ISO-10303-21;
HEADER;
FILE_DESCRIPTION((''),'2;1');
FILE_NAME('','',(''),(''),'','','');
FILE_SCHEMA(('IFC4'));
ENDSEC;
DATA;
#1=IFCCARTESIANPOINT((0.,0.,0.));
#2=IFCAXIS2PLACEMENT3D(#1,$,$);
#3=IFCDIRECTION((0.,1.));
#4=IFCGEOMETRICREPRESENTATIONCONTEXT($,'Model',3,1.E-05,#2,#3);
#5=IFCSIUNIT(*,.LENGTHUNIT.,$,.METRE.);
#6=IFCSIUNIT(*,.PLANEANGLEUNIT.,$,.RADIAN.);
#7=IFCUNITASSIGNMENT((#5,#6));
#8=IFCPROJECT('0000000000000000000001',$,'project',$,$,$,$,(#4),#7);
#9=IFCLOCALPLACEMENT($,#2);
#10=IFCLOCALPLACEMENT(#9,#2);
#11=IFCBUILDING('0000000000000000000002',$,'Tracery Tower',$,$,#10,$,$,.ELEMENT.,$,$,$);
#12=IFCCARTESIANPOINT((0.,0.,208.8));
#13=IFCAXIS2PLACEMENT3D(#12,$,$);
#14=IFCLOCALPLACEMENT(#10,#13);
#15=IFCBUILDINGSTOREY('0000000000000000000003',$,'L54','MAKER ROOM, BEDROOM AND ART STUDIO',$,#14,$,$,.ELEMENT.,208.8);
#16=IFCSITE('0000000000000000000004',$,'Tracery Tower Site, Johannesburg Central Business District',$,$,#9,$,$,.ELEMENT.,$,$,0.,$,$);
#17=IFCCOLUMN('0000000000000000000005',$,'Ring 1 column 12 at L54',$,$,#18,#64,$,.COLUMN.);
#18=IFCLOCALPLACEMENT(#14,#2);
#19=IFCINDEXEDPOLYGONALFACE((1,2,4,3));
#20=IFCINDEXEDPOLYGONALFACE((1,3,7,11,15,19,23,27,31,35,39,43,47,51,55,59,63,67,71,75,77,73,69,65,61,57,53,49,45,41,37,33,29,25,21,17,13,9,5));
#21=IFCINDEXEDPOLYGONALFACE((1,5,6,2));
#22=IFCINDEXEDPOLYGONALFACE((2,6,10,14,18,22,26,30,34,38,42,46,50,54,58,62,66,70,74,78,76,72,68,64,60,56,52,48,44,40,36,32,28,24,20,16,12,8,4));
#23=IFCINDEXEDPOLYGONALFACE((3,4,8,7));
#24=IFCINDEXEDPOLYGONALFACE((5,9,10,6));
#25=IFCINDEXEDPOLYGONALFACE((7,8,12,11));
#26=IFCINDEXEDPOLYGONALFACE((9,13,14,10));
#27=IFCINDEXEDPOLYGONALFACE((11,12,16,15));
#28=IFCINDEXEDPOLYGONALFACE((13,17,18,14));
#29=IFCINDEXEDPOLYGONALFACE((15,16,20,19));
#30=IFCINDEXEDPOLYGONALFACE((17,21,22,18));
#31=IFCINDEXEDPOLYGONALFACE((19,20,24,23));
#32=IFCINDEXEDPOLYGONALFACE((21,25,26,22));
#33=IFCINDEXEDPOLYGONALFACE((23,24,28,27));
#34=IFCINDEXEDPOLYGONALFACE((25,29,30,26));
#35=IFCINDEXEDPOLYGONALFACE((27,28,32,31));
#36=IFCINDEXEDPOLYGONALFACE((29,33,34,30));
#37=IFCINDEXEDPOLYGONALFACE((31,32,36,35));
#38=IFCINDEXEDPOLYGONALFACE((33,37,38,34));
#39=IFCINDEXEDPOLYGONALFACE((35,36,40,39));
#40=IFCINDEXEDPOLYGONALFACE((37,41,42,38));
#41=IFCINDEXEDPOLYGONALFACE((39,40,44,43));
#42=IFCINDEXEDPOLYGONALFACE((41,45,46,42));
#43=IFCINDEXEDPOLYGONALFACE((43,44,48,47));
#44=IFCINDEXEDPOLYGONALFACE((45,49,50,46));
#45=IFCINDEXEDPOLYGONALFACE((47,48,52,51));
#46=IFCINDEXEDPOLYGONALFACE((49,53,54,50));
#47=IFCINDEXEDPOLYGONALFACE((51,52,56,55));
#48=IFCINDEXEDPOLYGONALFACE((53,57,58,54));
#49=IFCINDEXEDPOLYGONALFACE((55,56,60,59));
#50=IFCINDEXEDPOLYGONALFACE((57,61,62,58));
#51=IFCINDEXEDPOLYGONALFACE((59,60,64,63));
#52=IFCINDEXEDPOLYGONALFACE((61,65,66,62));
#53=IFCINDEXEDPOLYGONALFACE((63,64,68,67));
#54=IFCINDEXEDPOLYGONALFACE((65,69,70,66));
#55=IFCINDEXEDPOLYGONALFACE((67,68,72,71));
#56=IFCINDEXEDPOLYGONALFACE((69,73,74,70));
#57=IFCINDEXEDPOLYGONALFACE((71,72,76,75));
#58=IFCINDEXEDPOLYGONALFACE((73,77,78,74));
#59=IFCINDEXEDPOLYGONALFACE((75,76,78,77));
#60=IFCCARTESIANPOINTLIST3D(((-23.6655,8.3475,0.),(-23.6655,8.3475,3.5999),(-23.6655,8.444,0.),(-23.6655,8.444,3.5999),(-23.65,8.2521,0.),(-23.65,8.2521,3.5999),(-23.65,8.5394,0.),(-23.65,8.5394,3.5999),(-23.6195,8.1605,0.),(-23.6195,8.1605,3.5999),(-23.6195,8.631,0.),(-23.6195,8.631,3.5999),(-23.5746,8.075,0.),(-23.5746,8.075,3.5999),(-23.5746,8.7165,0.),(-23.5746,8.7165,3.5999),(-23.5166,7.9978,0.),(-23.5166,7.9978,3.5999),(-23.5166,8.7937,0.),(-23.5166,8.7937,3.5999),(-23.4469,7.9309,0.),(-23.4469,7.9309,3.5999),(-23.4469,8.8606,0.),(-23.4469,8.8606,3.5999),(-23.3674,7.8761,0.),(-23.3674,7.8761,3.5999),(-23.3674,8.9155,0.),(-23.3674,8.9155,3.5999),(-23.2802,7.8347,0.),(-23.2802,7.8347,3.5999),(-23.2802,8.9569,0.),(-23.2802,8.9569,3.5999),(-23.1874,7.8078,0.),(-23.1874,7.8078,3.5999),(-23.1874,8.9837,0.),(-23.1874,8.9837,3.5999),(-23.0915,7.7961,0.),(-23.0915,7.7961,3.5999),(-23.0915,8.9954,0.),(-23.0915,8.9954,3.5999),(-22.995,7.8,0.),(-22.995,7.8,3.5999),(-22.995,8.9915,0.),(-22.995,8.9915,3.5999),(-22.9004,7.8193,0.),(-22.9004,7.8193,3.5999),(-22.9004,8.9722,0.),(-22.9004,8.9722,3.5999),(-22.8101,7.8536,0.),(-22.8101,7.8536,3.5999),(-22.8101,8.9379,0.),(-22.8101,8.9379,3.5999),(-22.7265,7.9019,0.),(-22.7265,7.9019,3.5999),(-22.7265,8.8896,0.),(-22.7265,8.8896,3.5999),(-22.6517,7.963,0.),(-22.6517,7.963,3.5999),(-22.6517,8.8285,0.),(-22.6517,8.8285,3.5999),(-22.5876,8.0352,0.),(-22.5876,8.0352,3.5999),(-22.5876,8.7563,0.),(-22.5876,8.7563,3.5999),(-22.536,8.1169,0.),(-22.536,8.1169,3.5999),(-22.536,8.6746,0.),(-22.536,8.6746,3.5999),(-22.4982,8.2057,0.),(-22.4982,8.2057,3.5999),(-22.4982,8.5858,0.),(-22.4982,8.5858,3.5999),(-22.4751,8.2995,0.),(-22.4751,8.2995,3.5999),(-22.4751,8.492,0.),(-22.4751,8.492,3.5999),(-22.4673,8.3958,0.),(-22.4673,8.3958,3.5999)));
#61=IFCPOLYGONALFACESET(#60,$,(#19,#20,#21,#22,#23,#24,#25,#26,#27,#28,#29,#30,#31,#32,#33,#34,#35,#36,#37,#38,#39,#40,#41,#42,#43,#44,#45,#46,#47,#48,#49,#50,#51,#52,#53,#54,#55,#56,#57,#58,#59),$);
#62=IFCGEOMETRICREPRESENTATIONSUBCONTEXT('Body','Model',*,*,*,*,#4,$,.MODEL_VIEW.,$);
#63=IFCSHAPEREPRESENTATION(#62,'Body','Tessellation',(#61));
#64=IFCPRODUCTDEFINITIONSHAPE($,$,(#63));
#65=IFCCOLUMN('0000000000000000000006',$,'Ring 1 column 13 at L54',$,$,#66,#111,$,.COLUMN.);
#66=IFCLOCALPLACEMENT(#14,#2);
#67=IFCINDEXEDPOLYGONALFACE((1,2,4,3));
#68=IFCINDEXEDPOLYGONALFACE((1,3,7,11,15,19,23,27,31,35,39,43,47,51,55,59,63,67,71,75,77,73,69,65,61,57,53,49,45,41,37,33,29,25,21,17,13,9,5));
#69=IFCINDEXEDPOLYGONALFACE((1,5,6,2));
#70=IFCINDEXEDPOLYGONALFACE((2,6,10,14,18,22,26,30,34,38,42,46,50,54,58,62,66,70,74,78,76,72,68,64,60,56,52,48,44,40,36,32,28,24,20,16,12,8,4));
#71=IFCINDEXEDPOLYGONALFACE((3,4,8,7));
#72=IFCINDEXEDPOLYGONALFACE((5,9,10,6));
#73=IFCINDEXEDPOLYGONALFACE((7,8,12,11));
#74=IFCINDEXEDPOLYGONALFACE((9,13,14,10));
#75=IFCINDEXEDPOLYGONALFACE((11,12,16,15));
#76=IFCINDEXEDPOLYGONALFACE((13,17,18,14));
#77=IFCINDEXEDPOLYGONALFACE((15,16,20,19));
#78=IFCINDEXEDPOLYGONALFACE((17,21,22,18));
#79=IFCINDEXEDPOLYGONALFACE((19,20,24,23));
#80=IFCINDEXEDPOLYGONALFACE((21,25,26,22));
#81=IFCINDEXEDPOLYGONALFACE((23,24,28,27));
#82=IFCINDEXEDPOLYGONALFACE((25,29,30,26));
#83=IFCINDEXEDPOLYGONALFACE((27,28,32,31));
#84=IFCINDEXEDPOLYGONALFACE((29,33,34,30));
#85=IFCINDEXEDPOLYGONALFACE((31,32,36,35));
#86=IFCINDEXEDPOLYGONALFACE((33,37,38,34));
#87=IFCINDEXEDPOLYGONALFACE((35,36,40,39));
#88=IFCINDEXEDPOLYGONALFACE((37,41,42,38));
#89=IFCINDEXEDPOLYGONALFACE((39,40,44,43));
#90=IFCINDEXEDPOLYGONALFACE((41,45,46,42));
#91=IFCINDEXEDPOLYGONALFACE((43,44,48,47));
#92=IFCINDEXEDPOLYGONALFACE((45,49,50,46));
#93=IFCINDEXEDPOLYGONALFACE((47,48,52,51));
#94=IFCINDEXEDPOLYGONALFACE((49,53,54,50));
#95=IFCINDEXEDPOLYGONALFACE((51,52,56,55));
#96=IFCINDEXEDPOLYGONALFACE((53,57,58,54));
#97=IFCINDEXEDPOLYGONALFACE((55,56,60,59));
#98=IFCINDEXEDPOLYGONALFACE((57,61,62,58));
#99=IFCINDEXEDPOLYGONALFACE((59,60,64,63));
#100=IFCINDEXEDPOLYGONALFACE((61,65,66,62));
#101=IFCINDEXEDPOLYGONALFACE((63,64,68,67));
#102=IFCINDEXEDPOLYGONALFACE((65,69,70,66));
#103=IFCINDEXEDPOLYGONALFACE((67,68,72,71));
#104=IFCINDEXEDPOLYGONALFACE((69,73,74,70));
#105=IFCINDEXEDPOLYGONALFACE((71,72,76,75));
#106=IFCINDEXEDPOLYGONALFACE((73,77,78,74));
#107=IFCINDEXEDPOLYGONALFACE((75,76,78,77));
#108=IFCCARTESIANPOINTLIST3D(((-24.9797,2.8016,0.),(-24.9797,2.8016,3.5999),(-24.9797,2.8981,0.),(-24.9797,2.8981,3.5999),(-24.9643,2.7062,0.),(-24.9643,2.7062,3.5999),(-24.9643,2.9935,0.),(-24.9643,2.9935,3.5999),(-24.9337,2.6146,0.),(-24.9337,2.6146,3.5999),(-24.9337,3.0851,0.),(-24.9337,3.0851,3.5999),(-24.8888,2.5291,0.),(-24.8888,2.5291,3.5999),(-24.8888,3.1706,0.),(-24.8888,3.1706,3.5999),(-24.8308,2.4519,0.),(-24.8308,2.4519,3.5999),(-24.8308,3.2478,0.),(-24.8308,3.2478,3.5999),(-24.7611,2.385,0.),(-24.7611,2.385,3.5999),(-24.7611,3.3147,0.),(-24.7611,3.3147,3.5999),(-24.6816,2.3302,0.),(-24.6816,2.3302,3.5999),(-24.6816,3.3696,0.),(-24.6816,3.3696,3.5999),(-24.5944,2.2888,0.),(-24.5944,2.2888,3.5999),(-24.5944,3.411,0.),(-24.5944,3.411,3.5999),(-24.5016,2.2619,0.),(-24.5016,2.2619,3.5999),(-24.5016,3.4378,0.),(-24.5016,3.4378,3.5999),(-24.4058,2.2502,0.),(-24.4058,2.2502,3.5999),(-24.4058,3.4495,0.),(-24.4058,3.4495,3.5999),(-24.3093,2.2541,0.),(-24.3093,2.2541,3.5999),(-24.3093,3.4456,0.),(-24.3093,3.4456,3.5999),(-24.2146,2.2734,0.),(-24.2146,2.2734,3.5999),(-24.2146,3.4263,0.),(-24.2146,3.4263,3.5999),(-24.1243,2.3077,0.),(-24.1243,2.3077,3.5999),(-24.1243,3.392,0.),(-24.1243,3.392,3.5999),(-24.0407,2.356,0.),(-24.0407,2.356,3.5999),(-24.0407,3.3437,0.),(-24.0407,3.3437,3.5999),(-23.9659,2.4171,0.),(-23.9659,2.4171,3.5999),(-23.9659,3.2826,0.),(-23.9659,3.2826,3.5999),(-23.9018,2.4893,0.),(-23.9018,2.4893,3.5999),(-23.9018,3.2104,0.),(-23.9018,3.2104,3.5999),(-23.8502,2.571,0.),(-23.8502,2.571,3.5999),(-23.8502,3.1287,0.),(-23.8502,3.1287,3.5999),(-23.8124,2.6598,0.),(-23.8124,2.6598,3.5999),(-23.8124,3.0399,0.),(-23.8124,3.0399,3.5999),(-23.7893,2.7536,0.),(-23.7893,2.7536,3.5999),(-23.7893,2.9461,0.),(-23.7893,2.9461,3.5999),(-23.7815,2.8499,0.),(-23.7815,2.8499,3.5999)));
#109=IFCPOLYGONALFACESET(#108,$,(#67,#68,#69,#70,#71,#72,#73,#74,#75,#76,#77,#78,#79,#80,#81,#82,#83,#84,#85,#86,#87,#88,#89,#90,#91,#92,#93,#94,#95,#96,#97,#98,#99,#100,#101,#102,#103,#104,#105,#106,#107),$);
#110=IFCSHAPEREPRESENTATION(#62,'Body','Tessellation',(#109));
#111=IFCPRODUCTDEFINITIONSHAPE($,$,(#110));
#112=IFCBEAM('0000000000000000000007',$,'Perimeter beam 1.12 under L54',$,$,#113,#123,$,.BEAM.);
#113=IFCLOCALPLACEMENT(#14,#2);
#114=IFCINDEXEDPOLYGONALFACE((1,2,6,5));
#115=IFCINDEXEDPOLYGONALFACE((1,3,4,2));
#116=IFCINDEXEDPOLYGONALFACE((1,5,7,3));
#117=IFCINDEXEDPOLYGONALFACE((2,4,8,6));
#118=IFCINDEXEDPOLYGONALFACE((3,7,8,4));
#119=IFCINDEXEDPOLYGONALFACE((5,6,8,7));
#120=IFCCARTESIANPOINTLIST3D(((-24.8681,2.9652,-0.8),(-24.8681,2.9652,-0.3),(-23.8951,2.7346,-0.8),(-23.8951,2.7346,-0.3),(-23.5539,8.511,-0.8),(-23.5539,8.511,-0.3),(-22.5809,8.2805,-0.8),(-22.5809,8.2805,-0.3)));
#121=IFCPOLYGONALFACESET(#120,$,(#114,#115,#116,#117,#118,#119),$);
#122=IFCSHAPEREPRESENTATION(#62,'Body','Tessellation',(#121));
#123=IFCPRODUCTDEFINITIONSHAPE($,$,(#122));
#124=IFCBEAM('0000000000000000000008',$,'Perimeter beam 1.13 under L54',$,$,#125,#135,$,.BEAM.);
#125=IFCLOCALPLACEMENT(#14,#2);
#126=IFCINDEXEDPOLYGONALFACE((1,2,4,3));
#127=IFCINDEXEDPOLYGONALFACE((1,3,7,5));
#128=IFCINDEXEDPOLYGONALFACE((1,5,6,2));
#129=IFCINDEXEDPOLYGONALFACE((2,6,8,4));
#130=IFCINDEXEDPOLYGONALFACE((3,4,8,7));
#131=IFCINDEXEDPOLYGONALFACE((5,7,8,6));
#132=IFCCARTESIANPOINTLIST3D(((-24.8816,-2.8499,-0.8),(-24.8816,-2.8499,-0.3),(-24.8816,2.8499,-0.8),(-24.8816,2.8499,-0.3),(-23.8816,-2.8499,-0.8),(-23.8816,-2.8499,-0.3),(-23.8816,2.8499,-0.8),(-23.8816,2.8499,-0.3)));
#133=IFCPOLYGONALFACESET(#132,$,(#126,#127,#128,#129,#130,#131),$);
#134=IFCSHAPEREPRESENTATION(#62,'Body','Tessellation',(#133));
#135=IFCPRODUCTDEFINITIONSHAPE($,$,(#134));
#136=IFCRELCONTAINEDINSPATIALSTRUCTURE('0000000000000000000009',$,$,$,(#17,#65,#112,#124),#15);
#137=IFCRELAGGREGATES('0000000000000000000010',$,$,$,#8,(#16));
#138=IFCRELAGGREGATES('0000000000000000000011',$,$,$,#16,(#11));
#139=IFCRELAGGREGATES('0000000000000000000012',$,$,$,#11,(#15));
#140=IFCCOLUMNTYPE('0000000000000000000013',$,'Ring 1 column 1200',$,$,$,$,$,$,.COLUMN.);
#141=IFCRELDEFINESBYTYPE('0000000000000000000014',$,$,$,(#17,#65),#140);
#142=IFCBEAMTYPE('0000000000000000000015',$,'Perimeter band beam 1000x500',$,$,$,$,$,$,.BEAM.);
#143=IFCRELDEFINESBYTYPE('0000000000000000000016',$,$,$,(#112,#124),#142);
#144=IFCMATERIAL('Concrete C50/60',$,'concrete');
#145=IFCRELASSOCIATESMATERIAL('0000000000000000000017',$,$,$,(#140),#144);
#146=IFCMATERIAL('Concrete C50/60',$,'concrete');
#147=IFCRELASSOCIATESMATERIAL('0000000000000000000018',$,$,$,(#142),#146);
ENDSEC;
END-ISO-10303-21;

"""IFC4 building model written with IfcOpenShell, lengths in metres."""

from ifc_helpers import new_model, si_unit, direction, frame, origin, origin_2d, place, context, subcontext, project, spatial, rectangle, circle, extrude, material, material_profile, profile_set, type_object, element, save


model = new_model("IFC4")

# Units and contexts
model_context = context("Model", 3, precision=1e-05, world=origin(), true_north=direction((0.0, 1.0)))
body_context = subcontext(model_context, "Body", "Model", "MODEL_VIEW")
ifc_project = project(units=[si_unit("LENGTHUNIT", "METRE"), si_unit("PLANEANGLEUNIT", "RADIAN")], contexts=[model_context])

# Site, building, storey
site_placement = place(None, origin())
site = spatial("IfcSite", under=ifc_project, at=site_placement, Name="Tracery Tower Site, Johannesburg Central Business District", CompositionType="ELEMENT", RefElevation=0.0)
building_placement = place(site_placement, origin())
building = spatial("IfcBuilding", under=site, at=building_placement, Name="Tracery Tower", CompositionType="ELEMENT")
storey_placement = place(building_placement, frame((0.0, 0.0, 208.8)))
storey = spatial("IfcBuildingStorey", under=building, at=storey_placement, Name="L54", Description="MAKER ROOM, BEDROOM AND ART STUDIO", CompositionType="ELEMENT", Elevation=208.8)

# Columns
ifc_material_1 = material(Name="Concrete C50/60", Category="concrete")
ifc_material_profile_1 = material_profile(ifc_material_1, circle(Radius=0.6001, at=origin_2d()), Name="RC D1200")
ifc_profile_set_1 = profile_set([ifc_material_profile_1], Name="Concrete C50/60")
column_type = type_object("IfcColumnType", Name="Ring 1 column 1200", PredefinedType="COLUMN", material=ifc_profile_set_1)
for number, where, z_axis, x_axis, name in (
    (1, (-23.0674, 8.3958, 0.0), (0.0, 0.0, 1.0), (1.0, 0.0, 0.0), "Ring 1 column 12 at L54"),
    (2, (-24.3816, 2.8499, 0.0), (0.0, 0.0, 1.0), (1.0, 0.0, 0.0), "Ring 1 column 13 at L54"),
):
    element("IfcColumn", number, at=place(storey_placement, frame(where, z_axis=z_axis, x_axis=x_axis)), inside=storey, type_object=column_type, Name=name, PredefinedType="COLUMN", context=body_context, shape_type="SweptSolid", body=[
        extrude(circle(Radius=0.6001, at=origin_2d()), origin(), (0.0, 0.0, 1.0), 3.5999),
    ])

# Beams
ifc_material_2 = material(Name="Concrete C50/60", Category="concrete")
ifc_material_profile_2 = material_profile(ifc_material_2, rectangle(XDim=1.0, YDim=0.5, at=origin_2d()), Name="RC 1000x500")
ifc_profile_set_2 = profile_set([ifc_material_profile_2], Name="Concrete C50/60")
beam_type = type_object("IfcBeamType", Name="Perimeter band beam 1000x500", PredefinedType="BEAM", material=ifc_profile_set_2)
beam_1_placement = place(storey_placement, frame((-23.0674, 8.3958, -0.55), z_axis=(-0.230584, -0.973052, 0.0), x_axis=(0.973052, -0.230584, 0.0)))
element("IfcBeam", 3, at=beam_1_placement, inside=storey, type_object=beam_type, Name="Perimeter beam 1.12 under L54", PredefinedType="BEAM", context=body_context, shape_type="SweptSolid", body=[
    extrude(rectangle(XDim=1.0, YDim=0.5, at=origin_2d()), origin(), (0.0, 0.0, 1.0), 5.6995),
])
beam_2_placement = place(storey_placement, frame((-24.3816, 2.8499, -0.55), z_axis=(0.0, -1.0, 0.0), x_axis=(1.0, 0.0, 0.0)))
element("IfcBeam", 4, at=beam_2_placement, inside=storey, type_object=beam_type, Name="Perimeter beam 1.13 under L54", PredefinedType="BEAM", context=body_context, shape_type="SweptSolid", body=[
    extrude(rectangle(XDim=1.0, YDim=0.5, at=origin_2d()), origin(), (0.0, 0.0, 1.0), 5.6997),
])

save(model, "model.ifc")
